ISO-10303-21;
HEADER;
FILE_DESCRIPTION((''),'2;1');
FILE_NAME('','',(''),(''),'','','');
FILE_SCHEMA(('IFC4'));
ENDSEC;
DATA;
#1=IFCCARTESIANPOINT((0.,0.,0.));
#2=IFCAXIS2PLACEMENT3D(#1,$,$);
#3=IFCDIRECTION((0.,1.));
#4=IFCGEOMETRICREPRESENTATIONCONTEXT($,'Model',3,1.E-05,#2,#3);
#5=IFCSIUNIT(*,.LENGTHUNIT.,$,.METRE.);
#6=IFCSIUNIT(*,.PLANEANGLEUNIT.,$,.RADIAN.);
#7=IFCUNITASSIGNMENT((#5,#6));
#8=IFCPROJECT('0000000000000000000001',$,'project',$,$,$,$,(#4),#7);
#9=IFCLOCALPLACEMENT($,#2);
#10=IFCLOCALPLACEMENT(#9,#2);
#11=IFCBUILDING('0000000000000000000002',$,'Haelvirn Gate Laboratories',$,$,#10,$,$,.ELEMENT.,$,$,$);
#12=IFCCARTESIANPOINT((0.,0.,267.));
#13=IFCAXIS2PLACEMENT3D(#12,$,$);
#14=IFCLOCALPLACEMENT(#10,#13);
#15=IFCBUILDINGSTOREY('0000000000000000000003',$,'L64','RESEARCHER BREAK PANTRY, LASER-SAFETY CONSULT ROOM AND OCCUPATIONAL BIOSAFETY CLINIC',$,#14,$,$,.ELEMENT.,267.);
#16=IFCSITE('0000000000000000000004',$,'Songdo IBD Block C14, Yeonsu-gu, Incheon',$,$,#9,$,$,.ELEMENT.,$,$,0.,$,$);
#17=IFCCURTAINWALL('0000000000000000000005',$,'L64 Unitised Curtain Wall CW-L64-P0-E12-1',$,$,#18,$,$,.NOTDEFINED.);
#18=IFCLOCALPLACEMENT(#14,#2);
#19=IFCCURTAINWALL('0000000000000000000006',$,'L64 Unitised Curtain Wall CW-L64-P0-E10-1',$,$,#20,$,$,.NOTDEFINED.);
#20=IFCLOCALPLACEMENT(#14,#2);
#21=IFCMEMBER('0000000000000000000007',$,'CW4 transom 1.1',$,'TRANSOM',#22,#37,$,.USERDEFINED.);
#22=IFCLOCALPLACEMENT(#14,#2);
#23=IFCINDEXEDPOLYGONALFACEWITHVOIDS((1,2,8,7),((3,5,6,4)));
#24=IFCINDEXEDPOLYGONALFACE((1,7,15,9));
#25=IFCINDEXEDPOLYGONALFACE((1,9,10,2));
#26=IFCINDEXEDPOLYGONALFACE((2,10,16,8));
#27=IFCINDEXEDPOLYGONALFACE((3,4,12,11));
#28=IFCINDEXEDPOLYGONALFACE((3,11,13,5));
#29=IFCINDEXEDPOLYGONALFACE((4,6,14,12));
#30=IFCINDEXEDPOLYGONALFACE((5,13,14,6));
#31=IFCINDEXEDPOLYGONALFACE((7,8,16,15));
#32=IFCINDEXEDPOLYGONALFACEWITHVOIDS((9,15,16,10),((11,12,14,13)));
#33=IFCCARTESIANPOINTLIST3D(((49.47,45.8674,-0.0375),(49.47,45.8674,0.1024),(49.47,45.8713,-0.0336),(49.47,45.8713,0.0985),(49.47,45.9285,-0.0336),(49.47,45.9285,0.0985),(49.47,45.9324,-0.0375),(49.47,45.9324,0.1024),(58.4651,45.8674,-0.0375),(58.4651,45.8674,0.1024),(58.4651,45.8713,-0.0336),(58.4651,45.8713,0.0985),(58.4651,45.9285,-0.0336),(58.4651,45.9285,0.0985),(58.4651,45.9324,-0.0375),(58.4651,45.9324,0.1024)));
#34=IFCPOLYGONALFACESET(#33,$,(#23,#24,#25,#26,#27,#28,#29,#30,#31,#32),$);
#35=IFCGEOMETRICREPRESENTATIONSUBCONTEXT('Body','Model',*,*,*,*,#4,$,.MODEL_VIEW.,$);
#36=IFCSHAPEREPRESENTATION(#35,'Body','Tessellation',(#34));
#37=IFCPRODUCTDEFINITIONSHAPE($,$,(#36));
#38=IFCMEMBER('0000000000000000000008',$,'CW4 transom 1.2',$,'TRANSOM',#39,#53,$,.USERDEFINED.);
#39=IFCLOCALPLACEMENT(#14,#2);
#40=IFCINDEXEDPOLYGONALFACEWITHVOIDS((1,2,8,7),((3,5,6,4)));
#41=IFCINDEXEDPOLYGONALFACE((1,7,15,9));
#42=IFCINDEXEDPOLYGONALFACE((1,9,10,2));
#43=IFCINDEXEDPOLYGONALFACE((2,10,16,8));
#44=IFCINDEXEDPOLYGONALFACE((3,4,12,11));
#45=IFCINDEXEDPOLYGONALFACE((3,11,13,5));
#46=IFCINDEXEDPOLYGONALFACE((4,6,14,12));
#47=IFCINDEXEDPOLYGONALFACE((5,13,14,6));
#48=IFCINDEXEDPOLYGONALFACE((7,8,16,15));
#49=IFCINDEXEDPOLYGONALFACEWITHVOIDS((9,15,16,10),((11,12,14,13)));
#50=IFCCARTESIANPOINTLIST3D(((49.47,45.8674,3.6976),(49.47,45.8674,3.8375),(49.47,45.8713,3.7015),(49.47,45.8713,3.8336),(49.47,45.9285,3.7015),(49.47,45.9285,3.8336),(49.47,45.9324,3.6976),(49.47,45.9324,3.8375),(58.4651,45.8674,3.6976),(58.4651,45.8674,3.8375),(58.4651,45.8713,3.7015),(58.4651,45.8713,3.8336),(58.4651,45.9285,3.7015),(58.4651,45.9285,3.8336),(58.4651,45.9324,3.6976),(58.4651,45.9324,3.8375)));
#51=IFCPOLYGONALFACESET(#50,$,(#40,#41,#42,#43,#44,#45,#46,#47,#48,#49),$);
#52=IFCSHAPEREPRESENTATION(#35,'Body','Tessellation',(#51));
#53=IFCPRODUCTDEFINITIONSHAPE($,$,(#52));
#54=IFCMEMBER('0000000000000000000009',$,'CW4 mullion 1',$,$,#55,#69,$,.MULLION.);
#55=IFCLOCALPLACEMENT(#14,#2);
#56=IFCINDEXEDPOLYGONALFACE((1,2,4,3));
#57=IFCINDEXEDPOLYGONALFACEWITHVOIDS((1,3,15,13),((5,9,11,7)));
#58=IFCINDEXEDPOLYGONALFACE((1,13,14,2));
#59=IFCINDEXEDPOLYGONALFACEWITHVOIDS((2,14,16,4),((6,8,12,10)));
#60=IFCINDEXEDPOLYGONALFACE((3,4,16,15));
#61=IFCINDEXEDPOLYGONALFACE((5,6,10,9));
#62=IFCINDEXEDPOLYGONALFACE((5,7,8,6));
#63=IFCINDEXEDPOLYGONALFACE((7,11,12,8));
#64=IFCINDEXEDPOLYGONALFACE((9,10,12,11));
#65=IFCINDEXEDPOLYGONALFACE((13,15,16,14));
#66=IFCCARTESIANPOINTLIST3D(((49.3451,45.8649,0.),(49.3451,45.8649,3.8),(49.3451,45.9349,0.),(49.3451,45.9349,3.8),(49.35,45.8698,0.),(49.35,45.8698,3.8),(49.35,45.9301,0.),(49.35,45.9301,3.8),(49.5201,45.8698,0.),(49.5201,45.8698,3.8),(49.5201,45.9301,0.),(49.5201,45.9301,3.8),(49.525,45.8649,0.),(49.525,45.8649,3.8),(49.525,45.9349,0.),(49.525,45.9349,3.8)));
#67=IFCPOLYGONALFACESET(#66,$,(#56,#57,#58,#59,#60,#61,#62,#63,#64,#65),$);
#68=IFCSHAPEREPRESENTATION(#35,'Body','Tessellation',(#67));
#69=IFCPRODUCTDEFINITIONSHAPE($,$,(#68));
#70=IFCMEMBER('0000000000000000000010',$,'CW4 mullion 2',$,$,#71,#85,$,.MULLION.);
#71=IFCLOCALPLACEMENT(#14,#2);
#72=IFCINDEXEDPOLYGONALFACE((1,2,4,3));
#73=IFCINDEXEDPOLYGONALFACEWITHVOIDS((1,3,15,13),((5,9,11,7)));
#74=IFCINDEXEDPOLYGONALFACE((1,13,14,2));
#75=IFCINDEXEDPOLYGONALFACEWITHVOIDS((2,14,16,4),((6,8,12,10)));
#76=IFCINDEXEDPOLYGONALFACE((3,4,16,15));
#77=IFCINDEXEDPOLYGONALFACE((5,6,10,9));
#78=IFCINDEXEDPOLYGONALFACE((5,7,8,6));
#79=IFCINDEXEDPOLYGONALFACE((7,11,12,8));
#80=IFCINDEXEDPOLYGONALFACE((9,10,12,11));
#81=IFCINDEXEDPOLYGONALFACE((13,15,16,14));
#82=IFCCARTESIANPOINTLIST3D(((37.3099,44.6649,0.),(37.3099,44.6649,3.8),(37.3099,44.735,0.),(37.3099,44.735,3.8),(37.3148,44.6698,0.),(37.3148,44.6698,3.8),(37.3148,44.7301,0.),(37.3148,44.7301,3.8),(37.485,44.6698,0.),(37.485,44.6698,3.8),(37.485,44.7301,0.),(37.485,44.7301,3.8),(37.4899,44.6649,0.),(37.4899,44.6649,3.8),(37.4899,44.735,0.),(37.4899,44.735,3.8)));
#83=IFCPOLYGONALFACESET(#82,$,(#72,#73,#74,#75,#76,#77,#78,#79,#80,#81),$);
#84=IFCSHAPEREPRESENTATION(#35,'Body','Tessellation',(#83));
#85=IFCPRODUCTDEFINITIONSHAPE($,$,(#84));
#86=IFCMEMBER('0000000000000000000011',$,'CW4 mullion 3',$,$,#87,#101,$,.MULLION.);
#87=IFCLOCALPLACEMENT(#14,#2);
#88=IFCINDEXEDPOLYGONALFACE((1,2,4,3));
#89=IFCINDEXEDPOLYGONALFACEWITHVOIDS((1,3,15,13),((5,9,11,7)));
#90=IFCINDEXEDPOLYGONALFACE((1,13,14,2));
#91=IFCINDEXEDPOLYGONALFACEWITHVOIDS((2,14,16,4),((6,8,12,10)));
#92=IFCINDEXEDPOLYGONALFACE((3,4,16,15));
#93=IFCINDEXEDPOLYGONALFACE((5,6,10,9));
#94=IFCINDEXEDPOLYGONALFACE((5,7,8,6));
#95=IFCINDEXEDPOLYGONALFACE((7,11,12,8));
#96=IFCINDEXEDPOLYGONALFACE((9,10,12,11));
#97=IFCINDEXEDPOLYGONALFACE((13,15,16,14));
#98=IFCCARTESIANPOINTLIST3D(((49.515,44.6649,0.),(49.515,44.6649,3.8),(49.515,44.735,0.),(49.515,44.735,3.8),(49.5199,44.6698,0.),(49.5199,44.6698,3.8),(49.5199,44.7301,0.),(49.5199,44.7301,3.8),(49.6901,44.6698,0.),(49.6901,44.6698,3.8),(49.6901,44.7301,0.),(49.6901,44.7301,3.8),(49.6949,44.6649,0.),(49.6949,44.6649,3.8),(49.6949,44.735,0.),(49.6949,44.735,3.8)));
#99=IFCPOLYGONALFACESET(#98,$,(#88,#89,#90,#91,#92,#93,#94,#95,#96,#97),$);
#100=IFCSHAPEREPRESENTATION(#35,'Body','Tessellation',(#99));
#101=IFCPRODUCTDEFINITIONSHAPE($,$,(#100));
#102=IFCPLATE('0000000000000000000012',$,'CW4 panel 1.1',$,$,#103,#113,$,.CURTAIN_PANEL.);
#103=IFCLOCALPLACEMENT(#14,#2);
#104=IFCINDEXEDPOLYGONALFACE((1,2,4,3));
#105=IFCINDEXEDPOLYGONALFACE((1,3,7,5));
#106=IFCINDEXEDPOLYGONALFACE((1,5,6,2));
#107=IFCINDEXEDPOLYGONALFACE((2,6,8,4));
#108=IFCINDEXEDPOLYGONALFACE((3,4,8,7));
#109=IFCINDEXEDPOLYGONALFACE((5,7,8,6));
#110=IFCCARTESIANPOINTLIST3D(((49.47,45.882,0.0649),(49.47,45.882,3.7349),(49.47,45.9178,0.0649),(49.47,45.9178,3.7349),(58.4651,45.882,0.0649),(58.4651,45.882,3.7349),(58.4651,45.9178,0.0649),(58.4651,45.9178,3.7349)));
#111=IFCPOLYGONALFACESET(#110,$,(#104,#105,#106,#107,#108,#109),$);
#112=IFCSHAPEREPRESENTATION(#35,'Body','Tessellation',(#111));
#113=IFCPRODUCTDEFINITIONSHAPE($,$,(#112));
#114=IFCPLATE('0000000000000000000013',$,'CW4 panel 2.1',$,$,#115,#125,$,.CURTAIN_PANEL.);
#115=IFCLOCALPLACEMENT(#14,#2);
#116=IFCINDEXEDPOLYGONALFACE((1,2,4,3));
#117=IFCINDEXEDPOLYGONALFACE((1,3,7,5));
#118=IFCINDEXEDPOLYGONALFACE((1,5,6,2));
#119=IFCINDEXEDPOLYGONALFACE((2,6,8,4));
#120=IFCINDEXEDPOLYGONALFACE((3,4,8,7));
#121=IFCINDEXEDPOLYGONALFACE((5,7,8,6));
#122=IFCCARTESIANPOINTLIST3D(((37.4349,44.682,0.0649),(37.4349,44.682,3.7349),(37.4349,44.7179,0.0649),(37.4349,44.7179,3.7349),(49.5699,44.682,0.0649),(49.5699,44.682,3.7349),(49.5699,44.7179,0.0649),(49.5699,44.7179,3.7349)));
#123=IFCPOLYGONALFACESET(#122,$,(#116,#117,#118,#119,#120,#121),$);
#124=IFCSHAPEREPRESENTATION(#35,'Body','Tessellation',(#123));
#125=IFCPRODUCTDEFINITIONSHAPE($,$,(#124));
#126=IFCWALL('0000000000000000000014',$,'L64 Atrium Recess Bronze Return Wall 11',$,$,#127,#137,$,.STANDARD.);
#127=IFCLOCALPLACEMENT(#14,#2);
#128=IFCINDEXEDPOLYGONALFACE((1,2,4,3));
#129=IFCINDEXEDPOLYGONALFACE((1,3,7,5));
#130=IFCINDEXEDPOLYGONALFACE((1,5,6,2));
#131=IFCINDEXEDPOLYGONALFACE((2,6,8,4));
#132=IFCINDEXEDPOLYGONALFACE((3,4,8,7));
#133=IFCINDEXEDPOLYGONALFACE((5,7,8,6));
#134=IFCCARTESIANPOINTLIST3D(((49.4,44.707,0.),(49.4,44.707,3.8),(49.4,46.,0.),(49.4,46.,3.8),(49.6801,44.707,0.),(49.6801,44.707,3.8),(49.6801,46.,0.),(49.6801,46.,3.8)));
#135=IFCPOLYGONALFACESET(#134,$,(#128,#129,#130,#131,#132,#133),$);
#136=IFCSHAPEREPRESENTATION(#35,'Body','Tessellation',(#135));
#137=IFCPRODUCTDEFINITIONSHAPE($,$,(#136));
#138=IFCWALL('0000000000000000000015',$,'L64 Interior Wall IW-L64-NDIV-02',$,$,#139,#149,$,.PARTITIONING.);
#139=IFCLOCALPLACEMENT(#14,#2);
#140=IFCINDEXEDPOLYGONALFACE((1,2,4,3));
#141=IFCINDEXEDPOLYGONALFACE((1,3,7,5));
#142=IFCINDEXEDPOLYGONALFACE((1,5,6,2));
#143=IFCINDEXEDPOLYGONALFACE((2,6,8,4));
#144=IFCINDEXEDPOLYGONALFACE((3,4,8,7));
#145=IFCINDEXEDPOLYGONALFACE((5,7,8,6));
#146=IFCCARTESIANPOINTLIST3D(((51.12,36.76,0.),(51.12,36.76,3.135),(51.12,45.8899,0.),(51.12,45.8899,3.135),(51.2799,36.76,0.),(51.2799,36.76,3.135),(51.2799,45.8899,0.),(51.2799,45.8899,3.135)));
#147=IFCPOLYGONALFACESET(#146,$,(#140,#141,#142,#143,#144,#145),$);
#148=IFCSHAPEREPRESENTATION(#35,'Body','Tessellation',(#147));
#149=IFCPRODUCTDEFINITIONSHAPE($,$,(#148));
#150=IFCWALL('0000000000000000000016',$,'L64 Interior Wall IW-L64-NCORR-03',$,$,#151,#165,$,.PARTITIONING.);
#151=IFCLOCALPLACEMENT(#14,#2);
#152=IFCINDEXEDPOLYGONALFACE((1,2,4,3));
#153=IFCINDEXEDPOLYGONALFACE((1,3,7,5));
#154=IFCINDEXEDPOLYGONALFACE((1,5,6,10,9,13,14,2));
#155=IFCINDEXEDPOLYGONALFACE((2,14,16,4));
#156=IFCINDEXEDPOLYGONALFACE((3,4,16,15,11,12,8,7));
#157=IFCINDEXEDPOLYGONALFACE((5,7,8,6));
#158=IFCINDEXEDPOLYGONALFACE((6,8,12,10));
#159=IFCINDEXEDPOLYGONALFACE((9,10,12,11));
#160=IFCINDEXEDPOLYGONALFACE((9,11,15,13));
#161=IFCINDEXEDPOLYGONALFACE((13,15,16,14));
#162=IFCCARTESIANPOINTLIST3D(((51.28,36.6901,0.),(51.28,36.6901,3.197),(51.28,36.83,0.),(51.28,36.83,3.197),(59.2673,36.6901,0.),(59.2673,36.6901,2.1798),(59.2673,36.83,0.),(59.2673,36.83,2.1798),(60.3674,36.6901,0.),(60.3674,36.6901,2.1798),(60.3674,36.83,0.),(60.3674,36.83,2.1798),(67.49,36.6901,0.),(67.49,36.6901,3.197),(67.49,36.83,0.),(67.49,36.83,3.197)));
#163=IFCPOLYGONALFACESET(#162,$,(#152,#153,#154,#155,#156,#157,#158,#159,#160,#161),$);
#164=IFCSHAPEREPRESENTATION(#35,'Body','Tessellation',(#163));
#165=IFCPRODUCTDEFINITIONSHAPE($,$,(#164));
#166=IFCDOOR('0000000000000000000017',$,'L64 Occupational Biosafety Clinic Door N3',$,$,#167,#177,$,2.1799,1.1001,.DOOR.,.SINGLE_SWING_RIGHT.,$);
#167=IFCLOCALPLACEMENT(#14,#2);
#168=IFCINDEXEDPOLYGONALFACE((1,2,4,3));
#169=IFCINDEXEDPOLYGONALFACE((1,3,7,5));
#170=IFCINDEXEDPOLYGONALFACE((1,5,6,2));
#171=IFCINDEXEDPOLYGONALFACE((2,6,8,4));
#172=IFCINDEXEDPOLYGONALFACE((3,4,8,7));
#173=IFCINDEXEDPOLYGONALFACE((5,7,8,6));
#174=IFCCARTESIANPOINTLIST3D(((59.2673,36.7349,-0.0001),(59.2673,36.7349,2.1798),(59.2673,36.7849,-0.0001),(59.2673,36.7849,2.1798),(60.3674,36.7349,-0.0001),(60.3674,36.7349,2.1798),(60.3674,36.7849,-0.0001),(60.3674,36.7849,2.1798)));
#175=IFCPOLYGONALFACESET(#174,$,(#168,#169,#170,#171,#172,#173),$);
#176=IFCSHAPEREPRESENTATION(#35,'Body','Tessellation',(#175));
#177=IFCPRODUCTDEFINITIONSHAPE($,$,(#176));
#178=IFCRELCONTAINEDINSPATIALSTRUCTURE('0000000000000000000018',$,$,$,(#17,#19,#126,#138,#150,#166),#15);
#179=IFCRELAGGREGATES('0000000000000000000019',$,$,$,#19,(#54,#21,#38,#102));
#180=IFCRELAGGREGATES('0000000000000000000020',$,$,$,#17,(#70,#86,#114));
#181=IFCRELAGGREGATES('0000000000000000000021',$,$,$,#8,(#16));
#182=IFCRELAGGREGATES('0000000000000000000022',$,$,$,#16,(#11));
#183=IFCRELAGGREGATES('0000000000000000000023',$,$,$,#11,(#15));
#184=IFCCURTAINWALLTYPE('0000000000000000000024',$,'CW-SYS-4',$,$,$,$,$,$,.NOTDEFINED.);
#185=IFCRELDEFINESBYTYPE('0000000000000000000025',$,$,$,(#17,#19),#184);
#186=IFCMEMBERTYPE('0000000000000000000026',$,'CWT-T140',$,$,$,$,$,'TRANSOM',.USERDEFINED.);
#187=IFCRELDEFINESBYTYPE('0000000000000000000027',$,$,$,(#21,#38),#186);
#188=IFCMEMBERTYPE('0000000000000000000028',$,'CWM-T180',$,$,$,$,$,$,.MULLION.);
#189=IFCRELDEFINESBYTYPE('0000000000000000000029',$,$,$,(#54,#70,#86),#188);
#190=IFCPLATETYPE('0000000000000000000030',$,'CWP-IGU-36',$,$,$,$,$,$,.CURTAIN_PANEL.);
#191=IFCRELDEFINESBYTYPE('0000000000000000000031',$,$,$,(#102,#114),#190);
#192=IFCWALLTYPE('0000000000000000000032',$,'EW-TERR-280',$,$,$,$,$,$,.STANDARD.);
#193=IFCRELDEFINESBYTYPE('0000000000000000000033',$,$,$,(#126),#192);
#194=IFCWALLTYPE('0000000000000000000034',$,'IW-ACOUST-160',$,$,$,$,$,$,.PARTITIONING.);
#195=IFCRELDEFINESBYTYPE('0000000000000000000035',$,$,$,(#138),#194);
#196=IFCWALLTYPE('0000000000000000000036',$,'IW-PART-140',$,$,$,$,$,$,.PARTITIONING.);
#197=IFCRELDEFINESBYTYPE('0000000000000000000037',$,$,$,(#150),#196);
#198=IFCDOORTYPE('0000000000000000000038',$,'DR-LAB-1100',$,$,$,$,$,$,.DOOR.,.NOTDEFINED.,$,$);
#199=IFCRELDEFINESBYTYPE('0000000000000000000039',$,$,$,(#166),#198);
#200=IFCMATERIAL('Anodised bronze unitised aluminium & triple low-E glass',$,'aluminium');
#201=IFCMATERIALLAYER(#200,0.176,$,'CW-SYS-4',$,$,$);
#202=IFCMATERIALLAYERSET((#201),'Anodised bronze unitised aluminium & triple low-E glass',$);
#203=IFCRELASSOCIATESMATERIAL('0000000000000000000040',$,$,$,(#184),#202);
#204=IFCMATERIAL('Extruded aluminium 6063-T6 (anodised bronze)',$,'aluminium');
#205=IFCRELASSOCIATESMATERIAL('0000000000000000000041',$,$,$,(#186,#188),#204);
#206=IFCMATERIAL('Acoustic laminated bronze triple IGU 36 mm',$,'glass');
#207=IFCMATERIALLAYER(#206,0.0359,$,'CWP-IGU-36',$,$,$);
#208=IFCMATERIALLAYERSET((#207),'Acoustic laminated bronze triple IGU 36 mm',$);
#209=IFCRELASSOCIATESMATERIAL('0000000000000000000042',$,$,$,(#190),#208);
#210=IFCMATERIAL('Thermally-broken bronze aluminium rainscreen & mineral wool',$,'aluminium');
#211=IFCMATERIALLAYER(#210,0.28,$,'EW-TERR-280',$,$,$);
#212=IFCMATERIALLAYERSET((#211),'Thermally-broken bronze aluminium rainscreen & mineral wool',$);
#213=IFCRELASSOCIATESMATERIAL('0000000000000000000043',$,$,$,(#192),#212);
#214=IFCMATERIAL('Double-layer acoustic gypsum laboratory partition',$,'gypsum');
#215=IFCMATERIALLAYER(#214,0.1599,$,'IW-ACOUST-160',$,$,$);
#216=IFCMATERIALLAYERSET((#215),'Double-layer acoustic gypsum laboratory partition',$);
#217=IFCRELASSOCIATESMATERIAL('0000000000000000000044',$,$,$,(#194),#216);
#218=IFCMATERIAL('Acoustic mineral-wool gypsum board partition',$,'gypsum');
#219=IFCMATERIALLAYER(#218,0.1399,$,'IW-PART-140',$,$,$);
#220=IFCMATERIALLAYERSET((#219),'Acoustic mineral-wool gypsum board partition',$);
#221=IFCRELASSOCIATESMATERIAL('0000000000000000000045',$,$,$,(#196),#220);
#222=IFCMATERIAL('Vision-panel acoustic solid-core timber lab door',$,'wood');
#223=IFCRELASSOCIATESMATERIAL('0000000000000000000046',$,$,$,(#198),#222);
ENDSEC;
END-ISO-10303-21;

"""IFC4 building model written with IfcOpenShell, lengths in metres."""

from ifc_helpers import new_model, si_unit, direction, frame, frame_2d, origin, origin_2d, place, context, subcontext, project, spatial, rectangle, hollow_rectangle, extrude, source, transform, mapped, material, layer, layer_set, material_profile, profile_set, type_object, type_shapes, element, fill, aggregate, save


model = new_model("IFC4")

# Units and contexts
model_context = context("Model", 3, precision=1e-05, world=origin(), true_north=direction((0.0, 1.0)))
body_context = subcontext(model_context, "Body", "Model", "MODEL_VIEW")
ifc_project = project(units=[si_unit("LENGTHUNIT", "METRE"), si_unit("PLANEANGLEUNIT", "RADIAN")], contexts=[model_context])

# Site, building, storey
site_placement = place(None, origin())
site = spatial("IfcSite", under=ifc_project, at=site_placement, Name="Songdo IBD Block C14, Yeonsu-gu, Incheon", CompositionType="ELEMENT", RefElevation=0.0)
building_placement = place(site_placement, origin())
building = spatial("IfcBuilding", under=site, at=building_placement, Name="Haelvirn Gate Laboratories", CompositionType="ELEMENT")
storey_placement = place(building_placement, frame((0.0, 0.0, 267.0)))
storey = spatial("IfcBuildingStorey", under=building, at=storey_placement, Name="L64", Description="RESEARCHER BREAK PANTRY, LASER-SAFETY CONSULT ROOM AND OCCUPATIONAL BIOSAFETY CLINIC", CompositionType="ELEMENT", Elevation=267.0)

# Curtain walls, members
ifc_material_1 = material(Name="Anodised bronze unitised aluminium & triple low-E glass", Category="aluminium")
ifc_layer_1 = layer(ifc_material_1, 0.176, Name="CW-SYS-4")
ifc_layer_set_1 = layer_set([ifc_layer_1], Name="Anodised bronze unitised aluminium & triple low-E glass")
curtain_wall_type = type_object("IfcCurtainWallType", Name="CW-SYS-4", PredefinedType="NOTDEFINED", material=ifc_layer_set_1)
curtain_wall_1_placement = place(storey_placement, origin())
curtain_wall_1 = element("IfcCurtainWall", 1, at=curtain_wall_1_placement, inside=storey, type_object=curtain_wall_type, Name="L64 Unitised Curtain Wall CW-L64-P0-E12-1", PredefinedType="NOTDEFINED")
ifc_material_2 = material(Name="Extruded aluminium 6063-T6 (anodised bronze)", Category="aluminium")
ifc_material_profile_1 = material_profile(ifc_material_2, hollow_rectangle(XDim=0.0649, YDim=0.1399, WallThickness=0.0039, at=origin_2d()), Name="CWT-140x65x4")
ifc_profile_set_1 = profile_set([ifc_material_profile_1], Name="Extruded aluminium 6063-T6 (anodised bronze)")
member_type_1 = type_object("IfcMemberType", Name="CWT-T140", ElementType="TRANSOM", PredefinedType="USERDEFINED", material=ifc_profile_set_1)
curtain_wall_2_placement = place(storey_placement, origin())
curtain_wall_2 = element("IfcCurtainWall", 2, at=curtain_wall_2_placement, inside=storey, type_object=curtain_wall_type, Name="L64 Unitised Curtain Wall CW-L64-P0-E10-1", PredefinedType="NOTDEFINED")
shared_shape_1 = source(origin(), body_context, "Body", "SweptSolid", [
    extrude(hollow_rectangle(XDim=0.0649, YDim=0.1399, WallThickness=0.0039, at=origin_2d()), origin(), (0.0, 0.0, 1.0), 8.9951),
])
member_1_placement = place(storey_placement, frame((49.47, 45.8999, 0.0325), z_axis=(1.0, 0.0, 0.0), x_axis=(0.0, 1.0, 0.0)))
member_1 = element("IfcMember", 3, at=member_1_placement, type_object=member_type_1, Name="CW4 transom 1.1", ObjectType="TRANSOM", PredefinedType="USERDEFINED", context=body_context, shape_type="MappedRepresentation", body=[
    mapped(shared_shape_1, transform((0.0, 0.0, 0.0), scale=1.0)),
])
member_2_placement = place(storey_placement, frame((49.47, 45.8999, 3.7676), z_axis=(1.0, 0.0, 0.0), x_axis=(0.0, 1.0, 0.0)))
member_2 = element("IfcMember", 4, at=member_2_placement, type_object=member_type_1, Name="CW4 transom 1.2", ObjectType="TRANSOM", PredefinedType="USERDEFINED", context=body_context, shape_type="MappedRepresentation", body=[
    mapped(shared_shape_1, transform((0.0, 0.0, 0.0), scale=1.0)),
])
ifc_material_profile_2 = material_profile(ifc_material_2, hollow_rectangle(XDim=0.0701, YDim=0.1799, WallThickness=0.0049, at=origin_2d()), Name="CWM-180x70x5")
ifc_profile_set_2 = profile_set([ifc_material_profile_2], Name="Extruded aluminium 6063-T6 (anodised bronze)")
member_type_2 = type_object("IfcMemberType", Name="CWM-T180", PredefinedType="MULLION", material=ifc_profile_set_2)
shared_shape_2 = source(origin(), body_context, "Body", "SweptSolid", [
    extrude(hollow_rectangle(XDim=0.0701, YDim=0.1799, WallThickness=0.0049, at=origin_2d()), origin(), (0.0, 0.0, 1.0), 3.8),
])
type_shapes(member_type_2, [shared_shape_2])
member_3_placement = place(storey_placement, frame((49.4351, 45.8999, 0.0), z_axis=(0.0, 0.0, 1.0), x_axis=(0.0, 1.0, 0.0)))
member_3 = element("IfcMember", 5, at=member_3_placement, type_object=member_type_2, Name="CW4 mullion 1", PredefinedType="MULLION", context=body_context, shape_type="MappedRepresentation", body=[
    mapped(shared_shape_2, transform((0.0, 0.0, 0.0), scale=1.0)),
])

# Members
member_4_placement = place(storey_placement, frame((37.3999, 44.7, 0.0), z_axis=(0.0, 0.0, 1.0), x_axis=(0.0, 1.0, 0.0)))
member_4 = element("IfcMember", 6, at=member_4_placement, type_object=member_type_2, Name="CW4 mullion 2", PredefinedType="MULLION", context=body_context, shape_type="MappedRepresentation", body=[
    mapped(shared_shape_2, transform((0.0, 0.0, 0.0), scale=1.0)),
])
member_5_placement = place(storey_placement, frame((49.605, 44.7, 0.0), z_axis=(0.0, 0.0, 1.0), x_axis=(0.0, 1.0, 0.0)))
member_5 = element("IfcMember", 7, at=member_5_placement, type_object=member_type_2, Name="CW4 mullion 3", PredefinedType="MULLION", context=body_context, shape_type="MappedRepresentation", body=[
    mapped(shared_shape_2, transform((0.0, 0.0, 0.0), scale=1.0)),
])

# Plates
ifc_material_3 = material(Name="Acoustic laminated bronze triple IGU 36 mm", Category="glass")
ifc_layer_2 = layer(ifc_material_3, 0.0359, Name="CWP-IGU-36")
ifc_layer_set_2 = layer_set([ifc_layer_2], Name="Acoustic laminated bronze triple IGU 36 mm")
plate_type = type_object("IfcPlateType", Name="CWP-IGU-36", PredefinedType="CURTAIN_PANEL", material=ifc_layer_set_2)
shared_shape_3 = source(origin(), body_context, "Body", "SweptSolid", [
    extrude(rectangle(XDim=8.9951, YDim=0.0359, at=origin_2d()), origin(), (0.0, 0.0, 1.0), 3.6699),
])
plate_1_placement = place(storey_placement, frame((53.9675, 45.8999, 0.0649), z_axis=(0.0, 0.0, 1.0), x_axis=(1.0, 0.0, 0.0)))
plate_1 = element("IfcPlate", 8, at=plate_1_placement, type_object=plate_type, Name="CW4 panel 1.1", PredefinedType="CURTAIN_PANEL", context=body_context, shape_type="MappedRepresentation", body=[
    mapped(shared_shape_3, transform((0.0, 0.0, 0.0), scale=1.0)),
])
aggregate(curtain_wall_2, [member_3, member_1, member_2, plate_1])
shared_shape_4 = source(origin(), body_context, "Body", "SweptSolid", [
    extrude(rectangle(XDim=12.135, YDim=0.0359, at=origin_2d()), origin(), (0.0, 0.0, 1.0), 3.6699),
])
type_shapes(plate_type, [shared_shape_3, shared_shape_4])
plate_2_placement = place(storey_placement, frame((43.5024, 44.7, 0.0649), z_axis=(0.0, 0.0, 1.0), x_axis=(1.0, 0.0, 0.0)))
plate_2 = element("IfcPlate", 9, at=plate_2_placement, type_object=plate_type, Name="CW4 panel 2.1", PredefinedType="CURTAIN_PANEL", context=body_context, shape_type="MappedRepresentation", body=[
    mapped(shared_shape_4, transform((0.0, 0.0, 0.0), scale=1.0)),
])
aggregate(curtain_wall_1, [member_4, member_5, plate_2])

# Walls
ifc_material_4 = material(Name="Thermally-broken bronze aluminium rainscreen & mineral wool", Category="aluminium")
ifc_layer_3 = layer(ifc_material_4, 0.28, Name="EW-TERR-280")
ifc_layer_set_3 = layer_set([ifc_layer_3], Name="Thermally-broken bronze aluminium rainscreen & mineral wool")
wall_type_1 = type_object("IfcWallType", Name="EW-TERR-280", PredefinedType="STANDARD", material=ifc_layer_set_3)
wall_1_placement = place(storey_placement, frame((49.54, 46.0, 0.0), z_axis=(0.0, 0.0, 1.0), x_axis=(0.0, -1.0, 0.0)))
element("IfcWall", 10, at=wall_1_placement, inside=storey, type_object=wall_type_1, Name="L64 Atrium Recess Bronze Return Wall 11", PredefinedType="STANDARD", context=body_context, shape_type="SweptSolid", body=[
    extrude(rectangle(XDim=1.293, YDim=0.28, at=frame_2d((0.6465, 0.0))), origin(), (0.0, 0.0, 1.0), 3.8),
])
ifc_material_5 = material(Name="Double-layer acoustic gypsum laboratory partition", Category="gypsum")
ifc_layer_4 = layer(ifc_material_5, 0.1599, Name="IW-ACOUST-160")
ifc_layer_set_4 = layer_set([ifc_layer_4], Name="Double-layer acoustic gypsum laboratory partition")
wall_type_2 = type_object("IfcWallType", Name="IW-ACOUST-160", PredefinedType="PARTITIONING", material=ifc_layer_set_4)
wall_2_placement = place(storey_placement, frame((51.2, 36.76, 0.0), z_axis=(0.0, 0.0, 1.0), x_axis=(0.0, 1.0, 0.0)))
element("IfcWall", 11, at=wall_2_placement, inside=storey, type_object=wall_type_2, Name="L64 Interior Wall IW-L64-NDIV-02", PredefinedType="PARTITIONING", context=body_context, shape_type="SweptSolid", body=[
    extrude(rectangle(XDim=9.1299, YDim=0.1599, at=frame_2d((4.5649, 0.0))), origin(), (0.0, 0.0, 1.0), 3.135),
])

# Wall, opening, door
ifc_material_6 = material(Name="Acoustic mineral-wool gypsum board partition", Category="gypsum")
ifc_layer_5 = layer(ifc_material_6, 0.1399, Name="IW-PART-140")
ifc_layer_set_5 = layer_set([ifc_layer_5], Name="Acoustic mineral-wool gypsum board partition")
wall_type_3 = type_object("IfcWallType", Name="IW-PART-140", PredefinedType="PARTITIONING", material=ifc_layer_set_5)
wall_3_placement = place(storey_placement, frame((51.28, 36.76, 0.0), z_axis=(0.0, 0.0, 1.0), x_axis=(1.0, 0.0, 0.0)))
wall_3 = element("IfcWall", 12, at=wall_3_placement, inside=storey, type_object=wall_type_3, Name="L64 Interior Wall IW-L64-NCORR-03", PredefinedType="PARTITIONING", context=body_context, shape_type="SweptSolid", body=[
    extrude(rectangle(XDim=16.21, YDim=0.1399, at=frame_2d((8.105, 0.0))), origin(), (0.0, 0.0, 1.0), 3.197),
])
opening_placement = place(wall_3_placement, frame((7.9873, 0.0, 0.0)))
opening = element("IfcOpeningElement", 13, at=opening_placement, cuts=wall_3, PredefinedType="OPENING", context=body_context, shape_type="SweptSolid", body=[
    extrude(rectangle(XDim=1.1001, YDim=2.1799, at=frame_2d((0.55, 1.0898))), frame((0.0, 0.0801, 0.0), z_axis=(0.0, -1.0, 0.0), x_axis=(1.0, 0.0, 0.0)), (0.0, 0.0, 1.0), 0.1599),
])
ifc_material_7 = material(Name="Vision-panel acoustic solid-core timber lab door", Category="wood")
door_type = type_object("IfcDoorType", Name="DR-LAB-1100", OperationType="NOTDEFINED", PredefinedType="DOOR", material=ifc_material_7)
shared_shape_5 = source(origin(), body_context, "Body", "SweptSolid", [
    extrude(rectangle(XDim=1.1001, YDim=2.1799, at=frame_2d((0.55, 1.0898))), frame((0.0, 0.0249, 0.0), z_axis=(0.0, -1.0, 0.0), x_axis=(1.0, 0.0, 0.0)), (0.0, 0.0, 1.0), 0.05),
])
type_shapes(door_type, [shared_shape_5])
door_placement = place(opening_placement, origin())
door = element("IfcDoor", 14, at=door_placement, inside=storey, type_object=door_type, Name="L64 Occupational Biosafety Clinic Door N3", OperationType="SINGLE_SWING_RIGHT", OverallHeight=2.1799, OverallWidth=1.1001, PredefinedType="DOOR", context=body_context, shape_type="MappedRepresentation", body=[
    mapped(shared_shape_5, transform((0.0, 0.0, 0.0), scale=1.0)),
])
fill(opening, door)

save(model, "model.ifc")
